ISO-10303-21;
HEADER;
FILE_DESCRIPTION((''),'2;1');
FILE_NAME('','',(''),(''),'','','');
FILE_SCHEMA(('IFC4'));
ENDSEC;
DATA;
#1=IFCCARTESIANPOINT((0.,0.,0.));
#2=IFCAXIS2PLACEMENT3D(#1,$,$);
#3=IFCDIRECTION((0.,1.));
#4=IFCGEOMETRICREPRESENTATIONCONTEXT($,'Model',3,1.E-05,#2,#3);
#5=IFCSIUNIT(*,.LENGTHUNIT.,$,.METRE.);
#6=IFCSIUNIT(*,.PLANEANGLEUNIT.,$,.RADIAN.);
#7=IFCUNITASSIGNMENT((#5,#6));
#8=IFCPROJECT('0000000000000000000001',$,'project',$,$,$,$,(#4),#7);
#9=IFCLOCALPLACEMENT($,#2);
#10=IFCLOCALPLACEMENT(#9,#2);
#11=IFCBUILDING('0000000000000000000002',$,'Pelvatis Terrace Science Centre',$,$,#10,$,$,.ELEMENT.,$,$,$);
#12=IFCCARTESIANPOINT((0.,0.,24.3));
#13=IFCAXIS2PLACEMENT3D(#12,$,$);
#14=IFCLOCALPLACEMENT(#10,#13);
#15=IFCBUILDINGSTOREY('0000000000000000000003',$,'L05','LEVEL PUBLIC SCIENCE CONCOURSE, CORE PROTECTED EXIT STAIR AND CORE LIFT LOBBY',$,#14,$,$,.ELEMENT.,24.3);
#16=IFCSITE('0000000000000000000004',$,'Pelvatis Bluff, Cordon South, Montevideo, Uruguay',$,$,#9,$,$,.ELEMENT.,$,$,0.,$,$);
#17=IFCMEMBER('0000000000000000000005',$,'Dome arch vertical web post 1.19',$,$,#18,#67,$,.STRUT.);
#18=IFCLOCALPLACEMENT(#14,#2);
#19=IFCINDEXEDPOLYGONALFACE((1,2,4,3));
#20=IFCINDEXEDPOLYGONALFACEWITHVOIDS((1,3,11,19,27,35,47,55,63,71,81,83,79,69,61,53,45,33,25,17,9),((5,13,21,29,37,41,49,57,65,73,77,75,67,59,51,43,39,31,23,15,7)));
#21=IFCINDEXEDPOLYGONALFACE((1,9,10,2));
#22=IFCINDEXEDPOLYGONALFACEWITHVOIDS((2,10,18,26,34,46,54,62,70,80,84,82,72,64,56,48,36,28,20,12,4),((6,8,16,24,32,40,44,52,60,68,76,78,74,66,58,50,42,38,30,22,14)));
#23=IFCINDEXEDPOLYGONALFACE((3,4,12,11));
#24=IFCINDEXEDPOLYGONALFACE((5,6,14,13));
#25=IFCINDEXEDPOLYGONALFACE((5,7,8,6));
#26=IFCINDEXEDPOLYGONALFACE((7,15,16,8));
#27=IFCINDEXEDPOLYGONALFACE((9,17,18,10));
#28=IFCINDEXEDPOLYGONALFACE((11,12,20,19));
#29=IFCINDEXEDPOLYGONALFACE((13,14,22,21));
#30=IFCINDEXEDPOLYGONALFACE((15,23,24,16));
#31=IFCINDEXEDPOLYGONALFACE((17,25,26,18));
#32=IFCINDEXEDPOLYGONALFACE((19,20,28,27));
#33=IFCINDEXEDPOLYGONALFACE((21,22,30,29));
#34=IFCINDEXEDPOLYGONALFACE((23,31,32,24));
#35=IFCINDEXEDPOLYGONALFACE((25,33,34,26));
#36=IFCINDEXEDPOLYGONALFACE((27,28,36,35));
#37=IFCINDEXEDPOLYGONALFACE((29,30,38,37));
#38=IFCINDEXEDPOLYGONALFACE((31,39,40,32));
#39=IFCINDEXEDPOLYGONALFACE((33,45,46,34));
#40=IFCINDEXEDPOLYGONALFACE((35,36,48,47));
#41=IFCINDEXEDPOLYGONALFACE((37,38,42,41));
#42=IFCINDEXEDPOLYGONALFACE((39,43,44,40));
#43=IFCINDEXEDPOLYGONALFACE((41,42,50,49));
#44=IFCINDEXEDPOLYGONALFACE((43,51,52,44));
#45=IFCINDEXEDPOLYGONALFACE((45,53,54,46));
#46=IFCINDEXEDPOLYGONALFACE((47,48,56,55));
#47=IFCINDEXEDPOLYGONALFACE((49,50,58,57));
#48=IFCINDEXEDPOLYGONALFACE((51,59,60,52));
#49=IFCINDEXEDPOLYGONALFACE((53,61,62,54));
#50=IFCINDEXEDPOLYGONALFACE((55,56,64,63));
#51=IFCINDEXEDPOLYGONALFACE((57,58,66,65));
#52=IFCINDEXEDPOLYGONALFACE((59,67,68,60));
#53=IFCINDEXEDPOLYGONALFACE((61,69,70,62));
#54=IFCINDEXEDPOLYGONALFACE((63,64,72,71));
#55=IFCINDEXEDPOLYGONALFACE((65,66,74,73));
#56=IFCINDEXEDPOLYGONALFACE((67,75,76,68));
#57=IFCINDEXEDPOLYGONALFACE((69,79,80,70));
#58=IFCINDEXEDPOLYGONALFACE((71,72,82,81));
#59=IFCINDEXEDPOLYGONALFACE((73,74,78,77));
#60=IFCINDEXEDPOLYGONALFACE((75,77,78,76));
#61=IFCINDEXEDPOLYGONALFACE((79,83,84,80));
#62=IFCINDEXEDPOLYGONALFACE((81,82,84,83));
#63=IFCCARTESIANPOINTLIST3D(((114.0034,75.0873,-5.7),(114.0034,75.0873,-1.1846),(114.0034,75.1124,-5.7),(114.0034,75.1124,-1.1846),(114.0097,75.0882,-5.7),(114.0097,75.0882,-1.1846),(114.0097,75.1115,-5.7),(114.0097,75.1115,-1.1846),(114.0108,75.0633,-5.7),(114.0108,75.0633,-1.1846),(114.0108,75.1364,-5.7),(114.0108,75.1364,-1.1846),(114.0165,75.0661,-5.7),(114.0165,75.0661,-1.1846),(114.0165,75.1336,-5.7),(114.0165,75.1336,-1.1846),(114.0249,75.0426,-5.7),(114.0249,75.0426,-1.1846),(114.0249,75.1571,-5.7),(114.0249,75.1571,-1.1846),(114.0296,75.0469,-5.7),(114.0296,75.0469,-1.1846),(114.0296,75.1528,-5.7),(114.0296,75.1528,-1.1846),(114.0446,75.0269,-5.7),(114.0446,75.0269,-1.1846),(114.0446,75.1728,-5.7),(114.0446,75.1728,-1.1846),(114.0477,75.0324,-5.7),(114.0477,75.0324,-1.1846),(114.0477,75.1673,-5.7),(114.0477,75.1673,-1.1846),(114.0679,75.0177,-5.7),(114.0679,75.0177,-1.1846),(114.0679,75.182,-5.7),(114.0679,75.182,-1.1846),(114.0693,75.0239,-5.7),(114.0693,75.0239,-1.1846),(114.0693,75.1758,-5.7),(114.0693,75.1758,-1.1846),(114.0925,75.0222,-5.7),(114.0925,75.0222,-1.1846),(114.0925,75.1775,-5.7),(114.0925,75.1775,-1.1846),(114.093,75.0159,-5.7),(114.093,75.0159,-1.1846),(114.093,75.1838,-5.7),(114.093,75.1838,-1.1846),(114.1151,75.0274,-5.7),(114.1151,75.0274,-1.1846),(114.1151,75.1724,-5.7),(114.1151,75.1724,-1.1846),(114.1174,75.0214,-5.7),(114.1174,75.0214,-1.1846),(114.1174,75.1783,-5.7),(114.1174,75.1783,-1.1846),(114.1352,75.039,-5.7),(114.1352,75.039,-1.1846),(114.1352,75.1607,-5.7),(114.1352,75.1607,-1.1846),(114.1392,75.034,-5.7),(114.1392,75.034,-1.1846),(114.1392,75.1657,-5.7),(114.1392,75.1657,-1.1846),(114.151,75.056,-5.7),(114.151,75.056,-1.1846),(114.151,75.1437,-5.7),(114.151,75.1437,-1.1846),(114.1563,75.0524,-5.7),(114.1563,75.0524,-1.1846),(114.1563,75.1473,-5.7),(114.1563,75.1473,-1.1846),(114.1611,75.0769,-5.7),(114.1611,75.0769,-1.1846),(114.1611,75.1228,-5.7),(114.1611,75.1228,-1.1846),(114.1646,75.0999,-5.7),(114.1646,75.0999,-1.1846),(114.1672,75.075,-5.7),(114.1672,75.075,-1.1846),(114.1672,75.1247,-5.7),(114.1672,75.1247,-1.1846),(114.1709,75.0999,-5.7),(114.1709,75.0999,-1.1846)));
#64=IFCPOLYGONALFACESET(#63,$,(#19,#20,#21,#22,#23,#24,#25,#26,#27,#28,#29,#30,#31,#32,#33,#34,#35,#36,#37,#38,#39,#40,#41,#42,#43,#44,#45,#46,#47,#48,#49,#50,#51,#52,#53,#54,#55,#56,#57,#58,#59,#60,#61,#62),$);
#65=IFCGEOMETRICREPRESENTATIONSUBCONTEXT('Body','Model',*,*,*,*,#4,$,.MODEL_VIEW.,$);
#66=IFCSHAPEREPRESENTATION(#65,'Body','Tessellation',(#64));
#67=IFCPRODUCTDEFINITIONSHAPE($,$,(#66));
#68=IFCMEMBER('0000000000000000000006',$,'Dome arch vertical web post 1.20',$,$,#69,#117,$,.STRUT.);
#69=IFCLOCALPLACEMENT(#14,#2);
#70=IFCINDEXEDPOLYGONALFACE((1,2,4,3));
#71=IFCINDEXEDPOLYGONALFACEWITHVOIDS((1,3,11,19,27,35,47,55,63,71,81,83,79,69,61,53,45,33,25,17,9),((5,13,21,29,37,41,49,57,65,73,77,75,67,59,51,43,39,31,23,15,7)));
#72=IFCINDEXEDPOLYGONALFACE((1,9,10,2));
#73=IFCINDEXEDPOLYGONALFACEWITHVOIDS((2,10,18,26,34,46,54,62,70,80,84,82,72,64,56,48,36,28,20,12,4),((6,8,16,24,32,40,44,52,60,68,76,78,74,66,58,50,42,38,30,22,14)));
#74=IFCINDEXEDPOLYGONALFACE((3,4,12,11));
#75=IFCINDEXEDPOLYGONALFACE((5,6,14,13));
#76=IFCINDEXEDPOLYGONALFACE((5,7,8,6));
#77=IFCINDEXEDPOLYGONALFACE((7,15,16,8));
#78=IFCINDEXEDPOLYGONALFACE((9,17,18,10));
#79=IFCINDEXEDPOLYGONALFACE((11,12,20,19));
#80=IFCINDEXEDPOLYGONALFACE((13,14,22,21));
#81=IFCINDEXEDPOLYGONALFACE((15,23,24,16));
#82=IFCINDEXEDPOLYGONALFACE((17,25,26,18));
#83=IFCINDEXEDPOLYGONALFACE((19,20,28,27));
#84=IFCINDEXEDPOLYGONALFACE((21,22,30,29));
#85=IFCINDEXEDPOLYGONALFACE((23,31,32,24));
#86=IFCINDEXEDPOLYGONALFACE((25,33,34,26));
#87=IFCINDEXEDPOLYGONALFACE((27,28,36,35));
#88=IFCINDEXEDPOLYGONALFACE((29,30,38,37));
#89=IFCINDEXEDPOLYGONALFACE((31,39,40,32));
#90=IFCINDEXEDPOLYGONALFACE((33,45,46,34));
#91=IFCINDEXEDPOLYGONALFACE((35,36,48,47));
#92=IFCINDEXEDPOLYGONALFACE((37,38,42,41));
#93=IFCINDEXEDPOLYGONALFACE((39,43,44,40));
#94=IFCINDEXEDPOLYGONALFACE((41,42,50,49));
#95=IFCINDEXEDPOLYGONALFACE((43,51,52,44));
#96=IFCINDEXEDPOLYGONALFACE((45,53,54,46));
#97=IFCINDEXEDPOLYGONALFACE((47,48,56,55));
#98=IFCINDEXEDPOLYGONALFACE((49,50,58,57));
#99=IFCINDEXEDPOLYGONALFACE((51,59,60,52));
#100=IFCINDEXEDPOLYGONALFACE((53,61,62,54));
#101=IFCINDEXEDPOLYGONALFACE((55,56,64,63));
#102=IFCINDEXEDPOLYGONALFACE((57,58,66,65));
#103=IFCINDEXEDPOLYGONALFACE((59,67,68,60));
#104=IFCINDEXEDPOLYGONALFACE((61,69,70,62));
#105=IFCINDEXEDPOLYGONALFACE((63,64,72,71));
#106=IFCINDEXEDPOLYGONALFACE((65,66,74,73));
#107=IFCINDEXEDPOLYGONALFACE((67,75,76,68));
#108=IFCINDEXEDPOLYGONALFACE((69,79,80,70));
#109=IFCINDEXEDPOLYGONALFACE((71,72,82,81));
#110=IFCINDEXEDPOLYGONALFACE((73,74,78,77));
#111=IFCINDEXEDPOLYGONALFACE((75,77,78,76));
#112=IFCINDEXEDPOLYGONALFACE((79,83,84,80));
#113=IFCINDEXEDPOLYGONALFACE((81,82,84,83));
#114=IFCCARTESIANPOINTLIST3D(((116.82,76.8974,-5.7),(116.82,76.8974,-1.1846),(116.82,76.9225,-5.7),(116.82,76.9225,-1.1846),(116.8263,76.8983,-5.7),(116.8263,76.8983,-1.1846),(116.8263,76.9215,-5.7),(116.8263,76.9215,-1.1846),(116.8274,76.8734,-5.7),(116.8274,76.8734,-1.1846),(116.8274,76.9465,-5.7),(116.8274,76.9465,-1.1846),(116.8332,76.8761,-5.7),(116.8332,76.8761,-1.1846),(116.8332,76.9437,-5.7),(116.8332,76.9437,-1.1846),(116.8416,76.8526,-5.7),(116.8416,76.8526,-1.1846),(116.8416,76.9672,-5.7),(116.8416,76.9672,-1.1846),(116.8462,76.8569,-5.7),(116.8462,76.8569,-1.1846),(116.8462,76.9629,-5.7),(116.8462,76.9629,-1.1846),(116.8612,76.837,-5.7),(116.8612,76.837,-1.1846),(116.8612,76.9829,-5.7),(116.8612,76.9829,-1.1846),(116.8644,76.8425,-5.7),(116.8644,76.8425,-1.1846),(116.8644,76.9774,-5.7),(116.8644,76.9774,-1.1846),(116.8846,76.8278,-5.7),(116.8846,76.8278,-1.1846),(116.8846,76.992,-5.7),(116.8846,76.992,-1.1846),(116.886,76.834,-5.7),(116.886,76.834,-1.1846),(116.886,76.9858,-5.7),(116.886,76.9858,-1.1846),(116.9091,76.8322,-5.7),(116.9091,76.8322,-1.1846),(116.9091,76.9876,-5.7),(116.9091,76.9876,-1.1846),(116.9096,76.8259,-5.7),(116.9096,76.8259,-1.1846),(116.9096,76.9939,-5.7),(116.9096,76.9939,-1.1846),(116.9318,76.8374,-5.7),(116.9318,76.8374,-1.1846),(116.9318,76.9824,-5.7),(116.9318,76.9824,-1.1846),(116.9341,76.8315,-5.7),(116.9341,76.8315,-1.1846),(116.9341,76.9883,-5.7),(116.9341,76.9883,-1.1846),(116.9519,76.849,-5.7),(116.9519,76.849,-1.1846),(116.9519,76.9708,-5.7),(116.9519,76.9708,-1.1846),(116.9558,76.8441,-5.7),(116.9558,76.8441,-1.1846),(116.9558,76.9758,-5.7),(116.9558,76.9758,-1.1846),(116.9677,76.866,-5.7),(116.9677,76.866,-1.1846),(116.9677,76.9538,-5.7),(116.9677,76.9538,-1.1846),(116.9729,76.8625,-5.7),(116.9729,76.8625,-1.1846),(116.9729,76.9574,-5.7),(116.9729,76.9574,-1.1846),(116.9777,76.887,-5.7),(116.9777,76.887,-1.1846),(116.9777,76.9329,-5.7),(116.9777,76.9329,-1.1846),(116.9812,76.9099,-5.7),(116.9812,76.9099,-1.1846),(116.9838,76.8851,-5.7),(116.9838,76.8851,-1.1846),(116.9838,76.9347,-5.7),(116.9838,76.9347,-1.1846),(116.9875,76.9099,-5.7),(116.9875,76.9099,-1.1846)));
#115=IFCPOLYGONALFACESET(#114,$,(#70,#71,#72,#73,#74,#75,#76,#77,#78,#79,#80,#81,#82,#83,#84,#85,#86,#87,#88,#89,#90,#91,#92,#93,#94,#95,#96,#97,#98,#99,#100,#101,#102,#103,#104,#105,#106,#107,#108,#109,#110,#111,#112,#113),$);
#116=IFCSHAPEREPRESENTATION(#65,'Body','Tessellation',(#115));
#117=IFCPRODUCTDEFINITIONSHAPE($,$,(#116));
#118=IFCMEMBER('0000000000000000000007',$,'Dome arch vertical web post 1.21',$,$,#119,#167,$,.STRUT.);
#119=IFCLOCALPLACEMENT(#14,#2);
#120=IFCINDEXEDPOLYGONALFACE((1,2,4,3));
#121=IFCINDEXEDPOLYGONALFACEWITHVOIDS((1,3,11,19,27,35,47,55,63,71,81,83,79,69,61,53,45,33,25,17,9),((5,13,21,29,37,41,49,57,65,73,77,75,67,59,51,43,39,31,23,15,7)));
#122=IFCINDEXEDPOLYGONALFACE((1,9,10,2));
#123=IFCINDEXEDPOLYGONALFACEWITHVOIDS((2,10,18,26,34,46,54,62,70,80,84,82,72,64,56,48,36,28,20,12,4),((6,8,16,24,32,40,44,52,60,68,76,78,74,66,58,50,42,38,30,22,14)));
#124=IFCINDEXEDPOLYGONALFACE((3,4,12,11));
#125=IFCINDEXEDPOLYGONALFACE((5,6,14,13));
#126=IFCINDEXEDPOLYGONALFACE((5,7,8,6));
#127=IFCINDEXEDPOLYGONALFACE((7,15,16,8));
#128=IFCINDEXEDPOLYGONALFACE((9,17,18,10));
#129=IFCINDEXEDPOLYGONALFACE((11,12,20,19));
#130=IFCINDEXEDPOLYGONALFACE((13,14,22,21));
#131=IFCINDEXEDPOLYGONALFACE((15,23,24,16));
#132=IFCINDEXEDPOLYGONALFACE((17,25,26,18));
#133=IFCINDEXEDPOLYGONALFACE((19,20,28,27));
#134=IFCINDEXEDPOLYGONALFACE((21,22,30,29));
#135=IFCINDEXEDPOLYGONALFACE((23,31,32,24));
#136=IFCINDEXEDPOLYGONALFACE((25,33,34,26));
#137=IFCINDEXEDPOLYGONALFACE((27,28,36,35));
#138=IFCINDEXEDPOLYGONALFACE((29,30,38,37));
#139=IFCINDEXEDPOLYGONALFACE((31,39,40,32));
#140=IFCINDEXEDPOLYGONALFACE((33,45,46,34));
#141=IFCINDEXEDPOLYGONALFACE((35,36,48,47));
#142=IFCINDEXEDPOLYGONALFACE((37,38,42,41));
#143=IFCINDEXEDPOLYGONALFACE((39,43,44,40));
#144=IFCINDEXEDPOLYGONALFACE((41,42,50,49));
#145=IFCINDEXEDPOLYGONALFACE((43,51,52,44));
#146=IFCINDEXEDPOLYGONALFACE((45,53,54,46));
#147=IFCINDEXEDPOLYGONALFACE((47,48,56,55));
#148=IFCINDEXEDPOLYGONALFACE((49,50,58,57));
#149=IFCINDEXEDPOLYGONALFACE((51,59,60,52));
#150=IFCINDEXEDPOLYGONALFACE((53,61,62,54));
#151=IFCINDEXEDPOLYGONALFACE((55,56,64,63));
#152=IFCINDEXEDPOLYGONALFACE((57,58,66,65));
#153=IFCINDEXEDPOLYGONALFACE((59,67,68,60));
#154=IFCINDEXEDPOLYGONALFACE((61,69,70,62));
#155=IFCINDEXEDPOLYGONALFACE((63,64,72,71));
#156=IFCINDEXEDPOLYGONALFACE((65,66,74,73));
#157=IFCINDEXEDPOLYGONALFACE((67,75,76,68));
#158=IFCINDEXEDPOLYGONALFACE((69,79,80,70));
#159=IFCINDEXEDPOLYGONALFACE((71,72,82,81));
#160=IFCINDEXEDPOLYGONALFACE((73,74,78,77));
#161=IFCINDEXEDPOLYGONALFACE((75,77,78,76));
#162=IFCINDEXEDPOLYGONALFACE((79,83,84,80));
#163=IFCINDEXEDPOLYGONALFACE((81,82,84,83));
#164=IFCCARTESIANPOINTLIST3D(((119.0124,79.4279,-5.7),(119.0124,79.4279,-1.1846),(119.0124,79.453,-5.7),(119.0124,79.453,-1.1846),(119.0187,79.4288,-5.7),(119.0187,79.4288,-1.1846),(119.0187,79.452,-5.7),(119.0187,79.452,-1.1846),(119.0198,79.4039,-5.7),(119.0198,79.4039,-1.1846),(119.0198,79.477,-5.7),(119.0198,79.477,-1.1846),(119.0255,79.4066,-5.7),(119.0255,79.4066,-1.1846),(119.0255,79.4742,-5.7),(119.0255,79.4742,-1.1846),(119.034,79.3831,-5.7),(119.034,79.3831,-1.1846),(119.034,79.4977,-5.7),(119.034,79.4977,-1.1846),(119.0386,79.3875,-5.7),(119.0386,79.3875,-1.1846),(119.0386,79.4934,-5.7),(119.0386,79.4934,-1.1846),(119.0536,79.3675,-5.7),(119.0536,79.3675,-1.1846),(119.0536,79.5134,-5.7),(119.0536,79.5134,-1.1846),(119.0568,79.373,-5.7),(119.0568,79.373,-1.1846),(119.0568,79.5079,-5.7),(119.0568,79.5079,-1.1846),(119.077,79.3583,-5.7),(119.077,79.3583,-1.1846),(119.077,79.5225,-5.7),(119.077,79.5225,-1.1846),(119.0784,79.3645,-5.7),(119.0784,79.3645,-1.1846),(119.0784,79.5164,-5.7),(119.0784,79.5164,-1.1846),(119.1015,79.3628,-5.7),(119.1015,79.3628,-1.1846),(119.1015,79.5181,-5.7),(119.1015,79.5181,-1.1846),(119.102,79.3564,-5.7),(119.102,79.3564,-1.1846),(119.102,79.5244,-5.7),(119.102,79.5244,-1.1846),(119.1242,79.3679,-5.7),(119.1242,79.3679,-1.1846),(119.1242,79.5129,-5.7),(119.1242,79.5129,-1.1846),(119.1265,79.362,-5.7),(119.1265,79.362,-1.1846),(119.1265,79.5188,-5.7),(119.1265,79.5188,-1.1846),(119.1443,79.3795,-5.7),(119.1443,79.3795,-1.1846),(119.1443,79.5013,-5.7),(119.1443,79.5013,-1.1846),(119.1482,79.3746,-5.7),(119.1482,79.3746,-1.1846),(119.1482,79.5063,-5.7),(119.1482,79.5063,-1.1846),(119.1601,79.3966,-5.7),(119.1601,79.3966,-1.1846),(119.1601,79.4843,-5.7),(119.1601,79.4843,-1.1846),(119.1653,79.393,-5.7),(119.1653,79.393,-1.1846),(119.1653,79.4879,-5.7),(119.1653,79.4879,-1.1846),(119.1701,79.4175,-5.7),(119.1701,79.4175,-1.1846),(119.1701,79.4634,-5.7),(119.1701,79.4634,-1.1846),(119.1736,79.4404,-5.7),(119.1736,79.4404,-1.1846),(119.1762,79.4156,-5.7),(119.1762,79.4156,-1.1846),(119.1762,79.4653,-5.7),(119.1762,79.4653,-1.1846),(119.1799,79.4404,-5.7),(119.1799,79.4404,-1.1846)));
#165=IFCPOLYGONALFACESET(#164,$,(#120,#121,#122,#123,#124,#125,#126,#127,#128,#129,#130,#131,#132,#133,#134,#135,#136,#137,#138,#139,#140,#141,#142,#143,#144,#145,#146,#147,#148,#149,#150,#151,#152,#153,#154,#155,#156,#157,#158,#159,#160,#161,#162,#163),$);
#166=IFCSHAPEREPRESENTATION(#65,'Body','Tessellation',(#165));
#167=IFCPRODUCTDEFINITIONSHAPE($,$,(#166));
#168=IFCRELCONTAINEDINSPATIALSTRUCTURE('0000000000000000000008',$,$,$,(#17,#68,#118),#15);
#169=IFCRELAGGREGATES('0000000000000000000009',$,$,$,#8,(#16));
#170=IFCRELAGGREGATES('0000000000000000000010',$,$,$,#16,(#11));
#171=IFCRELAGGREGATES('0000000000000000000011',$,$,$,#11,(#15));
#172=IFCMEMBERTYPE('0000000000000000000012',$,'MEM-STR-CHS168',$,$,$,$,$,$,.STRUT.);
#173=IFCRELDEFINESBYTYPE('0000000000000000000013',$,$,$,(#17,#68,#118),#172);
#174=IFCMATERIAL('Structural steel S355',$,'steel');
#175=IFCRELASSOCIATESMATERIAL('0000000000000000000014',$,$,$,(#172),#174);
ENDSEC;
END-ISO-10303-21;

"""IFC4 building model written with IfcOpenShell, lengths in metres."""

from ifc_helpers import new_model, si_unit, direction, frame, origin, origin_2d, place, context, subcontext, project, spatial, hollow_circle, extrude, material, material_profile, profile_set, type_object, element, save


model = new_model("IFC4")

# Units and contexts
model_context = context("Model", 3, precision=1e-05, world=origin(), true_north=direction((0.0, 1.0)))
body_context = subcontext(model_context, "Body", "Model", "MODEL_VIEW")
ifc_project = project(units=[si_unit("LENGTHUNIT", "METRE"), si_unit("PLANEANGLEUNIT", "RADIAN")], contexts=[model_context])

# Site, building, storey
site_placement = place(None, origin())
site = spatial("IfcSite", under=ifc_project, at=site_placement, Name="Pelvatis Bluff, Cordon South, Montevideo, Uruguay", CompositionType="ELEMENT", RefElevation=0.0)
building_placement = place(site_placement, origin())
building = spatial("IfcBuilding", under=site, at=building_placement, Name="Pelvatis Terrace Science Centre", CompositionType="ELEMENT")
storey_placement = place(building_placement, frame((0.0, 0.0, 24.3)))
storey = spatial("IfcBuildingStorey", under=building, at=storey_placement, Name="L05", Description="LEVEL PUBLIC SCIENCE CONCOURSE, CORE PROTECTED EXIT STAIR AND CORE LIFT LOBBY", CompositionType="ELEMENT", Elevation=24.3)

# Members
ifc_material_1 = material(Name="Structural steel S355", Category="steel")
ifc_material_profile_1 = material_profile(ifc_material_1, hollow_circle(Radius=0.0842, WallThickness=0.0063, at=origin_2d()), Name="CHS 168.3x6.3")
ifc_profile_set_1 = profile_set([ifc_material_profile_1], Name="Structural steel S355")
member_type_1 = type_object("IfcMemberType", Name="MEM-STR-CHS168", PredefinedType="STRUT", material=ifc_profile_set_1)
for number, where, z_axis, x_axis, name in (
    (1, (114.0867, 75.0999, -5.7), (0.0, 0.0, 1.0), (1.0, 0.0, 0.0), "Dome arch vertical web post 1.19"),
    (2, (116.9033, 76.9099, -5.7), (0.0, 0.0, 1.0), (1.0, 0.0, 0.0), "Dome arch vertical web post 1.20"),
    (3, (119.0957, 79.4404, -5.7), (0.0, 0.0, 1.0), (1.0, 0.0, 0.0), "Dome arch vertical web post 1.21"),
):
    element("IfcMember", number, at=place(storey_placement, frame(where, z_axis=z_axis, x_axis=x_axis)), inside=storey, type_object=member_type_1, Name=name, PredefinedType="STRUT", context=body_context, shape_type="SweptSolid", body=[
        extrude(hollow_circle(Radius=0.0842, WallThickness=0.0063, at=origin_2d()), origin(), (0.0, 0.0, 1.0), 4.5154),
    ])

save(model, "model.ifc")
